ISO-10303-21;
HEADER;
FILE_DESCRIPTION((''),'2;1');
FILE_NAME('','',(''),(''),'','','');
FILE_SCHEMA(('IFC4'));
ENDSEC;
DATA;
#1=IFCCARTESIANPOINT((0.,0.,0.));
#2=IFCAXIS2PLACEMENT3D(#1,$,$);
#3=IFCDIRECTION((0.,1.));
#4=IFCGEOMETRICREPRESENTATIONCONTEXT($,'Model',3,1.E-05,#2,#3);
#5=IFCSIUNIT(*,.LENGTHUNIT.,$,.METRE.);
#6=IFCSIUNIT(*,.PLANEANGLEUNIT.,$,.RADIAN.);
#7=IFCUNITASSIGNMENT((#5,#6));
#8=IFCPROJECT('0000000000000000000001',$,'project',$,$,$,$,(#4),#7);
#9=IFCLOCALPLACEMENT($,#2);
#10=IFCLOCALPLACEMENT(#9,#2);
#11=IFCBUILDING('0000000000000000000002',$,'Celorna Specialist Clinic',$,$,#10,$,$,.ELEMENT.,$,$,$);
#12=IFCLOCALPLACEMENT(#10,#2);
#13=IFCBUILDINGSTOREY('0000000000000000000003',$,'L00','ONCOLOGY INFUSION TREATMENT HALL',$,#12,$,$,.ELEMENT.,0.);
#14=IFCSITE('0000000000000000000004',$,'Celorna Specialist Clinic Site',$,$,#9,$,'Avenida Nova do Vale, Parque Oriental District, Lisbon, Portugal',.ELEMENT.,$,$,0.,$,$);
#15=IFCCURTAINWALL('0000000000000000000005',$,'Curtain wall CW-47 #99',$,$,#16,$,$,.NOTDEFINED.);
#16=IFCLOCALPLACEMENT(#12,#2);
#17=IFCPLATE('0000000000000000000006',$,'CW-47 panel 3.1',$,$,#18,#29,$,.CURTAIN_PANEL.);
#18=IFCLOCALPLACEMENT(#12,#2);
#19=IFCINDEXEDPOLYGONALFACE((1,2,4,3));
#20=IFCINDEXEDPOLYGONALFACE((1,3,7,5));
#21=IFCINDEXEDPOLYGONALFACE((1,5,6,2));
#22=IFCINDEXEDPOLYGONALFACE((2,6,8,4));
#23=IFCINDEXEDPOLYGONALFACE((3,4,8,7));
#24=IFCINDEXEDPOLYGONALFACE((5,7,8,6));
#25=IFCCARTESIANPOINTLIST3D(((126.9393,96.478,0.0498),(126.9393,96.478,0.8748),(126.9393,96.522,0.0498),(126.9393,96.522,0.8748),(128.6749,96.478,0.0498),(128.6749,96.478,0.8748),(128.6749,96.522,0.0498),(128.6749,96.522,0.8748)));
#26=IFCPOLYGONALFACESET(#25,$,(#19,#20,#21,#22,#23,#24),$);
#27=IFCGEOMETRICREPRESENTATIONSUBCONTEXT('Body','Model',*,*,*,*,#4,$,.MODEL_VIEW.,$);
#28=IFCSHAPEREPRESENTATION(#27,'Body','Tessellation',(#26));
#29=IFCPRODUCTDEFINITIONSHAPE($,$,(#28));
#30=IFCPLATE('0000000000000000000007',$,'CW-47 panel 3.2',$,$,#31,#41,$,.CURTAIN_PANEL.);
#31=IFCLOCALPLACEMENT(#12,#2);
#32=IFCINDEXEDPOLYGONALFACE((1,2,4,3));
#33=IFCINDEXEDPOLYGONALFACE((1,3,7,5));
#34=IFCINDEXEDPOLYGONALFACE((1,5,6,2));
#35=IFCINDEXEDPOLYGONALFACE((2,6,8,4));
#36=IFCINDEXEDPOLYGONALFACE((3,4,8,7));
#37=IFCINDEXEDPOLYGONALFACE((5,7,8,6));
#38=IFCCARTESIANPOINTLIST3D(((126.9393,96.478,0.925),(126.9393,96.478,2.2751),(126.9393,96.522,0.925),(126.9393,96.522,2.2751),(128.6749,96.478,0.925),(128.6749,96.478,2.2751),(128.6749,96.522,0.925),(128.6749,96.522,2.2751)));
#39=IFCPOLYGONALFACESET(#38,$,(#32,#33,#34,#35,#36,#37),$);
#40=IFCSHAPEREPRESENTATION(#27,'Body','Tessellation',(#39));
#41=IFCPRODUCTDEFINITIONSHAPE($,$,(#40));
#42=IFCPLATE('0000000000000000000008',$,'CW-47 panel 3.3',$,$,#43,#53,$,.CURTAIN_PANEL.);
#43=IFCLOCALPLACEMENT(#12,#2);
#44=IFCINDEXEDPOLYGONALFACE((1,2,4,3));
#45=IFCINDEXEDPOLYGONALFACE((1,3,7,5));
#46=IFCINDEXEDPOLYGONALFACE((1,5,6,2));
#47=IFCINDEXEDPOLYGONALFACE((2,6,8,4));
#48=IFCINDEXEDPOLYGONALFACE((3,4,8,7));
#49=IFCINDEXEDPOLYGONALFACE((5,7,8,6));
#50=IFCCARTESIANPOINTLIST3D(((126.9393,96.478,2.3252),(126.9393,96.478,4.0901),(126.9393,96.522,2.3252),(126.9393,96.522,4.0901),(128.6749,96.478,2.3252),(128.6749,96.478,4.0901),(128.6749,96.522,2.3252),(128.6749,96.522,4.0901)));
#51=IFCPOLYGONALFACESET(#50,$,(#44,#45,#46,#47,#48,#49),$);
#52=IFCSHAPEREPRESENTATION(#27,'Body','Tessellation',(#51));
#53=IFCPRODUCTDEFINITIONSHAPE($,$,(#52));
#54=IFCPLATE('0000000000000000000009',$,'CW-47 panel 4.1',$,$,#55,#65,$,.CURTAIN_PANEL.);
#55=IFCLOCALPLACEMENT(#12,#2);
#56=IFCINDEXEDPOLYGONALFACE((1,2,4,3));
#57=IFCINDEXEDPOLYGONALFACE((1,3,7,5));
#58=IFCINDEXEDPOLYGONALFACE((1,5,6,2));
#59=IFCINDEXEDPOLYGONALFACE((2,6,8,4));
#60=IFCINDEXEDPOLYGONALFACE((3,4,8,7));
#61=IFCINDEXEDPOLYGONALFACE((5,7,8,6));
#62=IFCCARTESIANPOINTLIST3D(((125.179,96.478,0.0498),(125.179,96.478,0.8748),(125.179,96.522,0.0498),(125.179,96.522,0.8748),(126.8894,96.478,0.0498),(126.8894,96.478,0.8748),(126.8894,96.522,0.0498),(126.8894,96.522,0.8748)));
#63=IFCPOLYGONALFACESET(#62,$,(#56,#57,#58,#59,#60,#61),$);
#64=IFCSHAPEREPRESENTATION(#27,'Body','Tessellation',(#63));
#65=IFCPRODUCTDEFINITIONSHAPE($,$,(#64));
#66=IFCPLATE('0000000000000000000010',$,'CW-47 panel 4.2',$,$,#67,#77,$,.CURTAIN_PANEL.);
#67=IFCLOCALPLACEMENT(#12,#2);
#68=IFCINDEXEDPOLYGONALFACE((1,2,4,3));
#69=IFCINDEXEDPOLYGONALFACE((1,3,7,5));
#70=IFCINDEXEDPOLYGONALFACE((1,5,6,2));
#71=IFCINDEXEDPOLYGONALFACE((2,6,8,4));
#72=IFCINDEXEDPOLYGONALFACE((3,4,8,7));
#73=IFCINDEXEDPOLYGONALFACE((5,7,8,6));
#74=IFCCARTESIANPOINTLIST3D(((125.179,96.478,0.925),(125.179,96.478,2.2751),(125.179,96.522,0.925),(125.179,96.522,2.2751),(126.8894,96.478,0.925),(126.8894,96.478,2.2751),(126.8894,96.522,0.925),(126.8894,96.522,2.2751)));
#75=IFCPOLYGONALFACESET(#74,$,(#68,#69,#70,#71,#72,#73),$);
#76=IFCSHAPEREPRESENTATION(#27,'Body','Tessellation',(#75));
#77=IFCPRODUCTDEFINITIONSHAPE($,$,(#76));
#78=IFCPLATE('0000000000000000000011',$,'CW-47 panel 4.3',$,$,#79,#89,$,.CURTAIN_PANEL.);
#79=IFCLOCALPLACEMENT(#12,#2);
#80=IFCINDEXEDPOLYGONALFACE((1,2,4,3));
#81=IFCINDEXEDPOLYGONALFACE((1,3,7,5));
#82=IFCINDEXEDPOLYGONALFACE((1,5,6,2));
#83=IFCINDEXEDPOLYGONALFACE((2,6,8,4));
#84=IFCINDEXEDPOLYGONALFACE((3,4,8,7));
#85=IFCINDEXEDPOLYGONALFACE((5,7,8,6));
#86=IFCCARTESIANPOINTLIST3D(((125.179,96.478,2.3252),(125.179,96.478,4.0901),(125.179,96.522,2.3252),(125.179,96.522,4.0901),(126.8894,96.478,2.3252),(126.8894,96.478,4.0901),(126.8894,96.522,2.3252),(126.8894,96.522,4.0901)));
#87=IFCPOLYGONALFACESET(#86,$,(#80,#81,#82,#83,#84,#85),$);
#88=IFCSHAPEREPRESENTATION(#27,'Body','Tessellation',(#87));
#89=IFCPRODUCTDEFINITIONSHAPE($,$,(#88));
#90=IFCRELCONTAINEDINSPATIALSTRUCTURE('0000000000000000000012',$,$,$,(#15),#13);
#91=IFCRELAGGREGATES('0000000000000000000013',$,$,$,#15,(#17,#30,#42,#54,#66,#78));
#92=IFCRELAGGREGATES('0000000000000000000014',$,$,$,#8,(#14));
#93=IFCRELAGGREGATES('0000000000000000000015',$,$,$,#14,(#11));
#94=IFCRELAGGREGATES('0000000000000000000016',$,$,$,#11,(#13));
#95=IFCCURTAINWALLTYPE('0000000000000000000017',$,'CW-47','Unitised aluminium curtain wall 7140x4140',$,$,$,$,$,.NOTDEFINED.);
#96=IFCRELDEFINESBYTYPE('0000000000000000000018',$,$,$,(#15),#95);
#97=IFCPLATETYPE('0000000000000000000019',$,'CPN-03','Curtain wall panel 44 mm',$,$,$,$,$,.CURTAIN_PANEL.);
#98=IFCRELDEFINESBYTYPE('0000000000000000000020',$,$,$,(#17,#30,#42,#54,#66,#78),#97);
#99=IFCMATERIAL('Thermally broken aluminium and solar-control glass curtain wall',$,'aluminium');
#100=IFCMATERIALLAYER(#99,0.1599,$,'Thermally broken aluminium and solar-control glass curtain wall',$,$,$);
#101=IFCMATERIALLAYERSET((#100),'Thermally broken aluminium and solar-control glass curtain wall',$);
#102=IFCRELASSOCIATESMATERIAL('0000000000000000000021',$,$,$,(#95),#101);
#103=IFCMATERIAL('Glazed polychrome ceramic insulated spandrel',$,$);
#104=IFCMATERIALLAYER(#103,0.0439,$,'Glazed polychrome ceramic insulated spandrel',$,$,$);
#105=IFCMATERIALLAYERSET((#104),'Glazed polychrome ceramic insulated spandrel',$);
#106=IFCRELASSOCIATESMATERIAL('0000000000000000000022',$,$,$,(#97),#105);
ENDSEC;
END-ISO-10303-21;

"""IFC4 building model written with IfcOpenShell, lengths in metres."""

from ifc_helpers import new_model, si_unit, direction, frame, origin, origin_2d, place, context, subcontext, project, spatial, rectangle, extrude, material, layer, layer_set, type_object, element, aggregate, save


model = new_model("IFC4")

# Units and contexts
model_context = context("Model", 3, precision=1e-05, world=origin(), true_north=direction((0.0, 1.0)))
body_context = subcontext(model_context, "Body", "Model", "MODEL_VIEW")
ifc_project = project(units=[si_unit("LENGTHUNIT", "METRE"), si_unit("PLANEANGLEUNIT", "RADIAN")], contexts=[model_context])

# Site, building, storey
site_placement = place(None, origin())
site = spatial("IfcSite", under=ifc_project, at=site_placement, Name="Celorna Specialist Clinic Site", LongName="Avenida Nova do Vale, Parque Oriental District, Lisbon, Portugal", CompositionType="ELEMENT", RefElevation=0.0)
building_placement = place(site_placement, origin())
building = spatial("IfcBuilding", under=site, at=building_placement, Name="Celorna Specialist Clinic", CompositionType="ELEMENT")
storey_placement = place(building_placement, origin())
storey = spatial("IfcBuildingStorey", under=building, at=storey_placement, Name="L00", Description="ONCOLOGY INFUSION TREATMENT HALL", CompositionType="ELEMENT", Elevation=0.0)

# Curtain wall
ifc_material_1 = material(Name="Thermally broken aluminium and solar-control glass curtain wall", Category="aluminium")
ifc_layer_1 = layer(ifc_material_1, 0.1599, Name="Thermally broken aluminium and solar-control glass curtain wall")
ifc_layer_set_1 = layer_set([ifc_layer_1], Name="Thermally broken aluminium and solar-control glass curtain wall")
curtain_wall_type_1 = type_object("IfcCurtainWallType", Name="CW-47", Description="Unitised aluminium curtain wall 7140x4140", PredefinedType="NOTDEFINED", material=ifc_layer_set_1)
curtain_wall_1_placement = place(storey_placement, origin())
curtain_wall_1 = element("IfcCurtainWall", 1, at=curtain_wall_1_placement, inside=storey, type_object=curtain_wall_type_1, Name="Curtain wall CW-47 #99", PredefinedType="NOTDEFINED")

# Plates
ifc_material_2 = material(Name="Glazed polychrome ceramic insulated spandrel")
ifc_layer_2 = layer(ifc_material_2, 0.0439, Name="Glazed polychrome ceramic insulated spandrel")
ifc_layer_set_2 = layer_set([ifc_layer_2], Name="Glazed polychrome ceramic insulated spandrel")
plate_type_1 = type_object("IfcPlateType", Name="CPN-03", Description="Curtain wall panel 44 mm", PredefinedType="CURTAIN_PANEL", material=ifc_layer_set_2)
plate_1_placement = place(storey_placement, frame((127.8071, 96.5, 0.0498), z_axis=(0.0, 0.0, 1.0), x_axis=(-1.0, 0.0, 0.0)))
plate_1 = element("IfcPlate", 2, at=plate_1_placement, type_object=plate_type_1, Name="CW-47 panel 3.1", PredefinedType="CURTAIN_PANEL", context=body_context, shape_type="SweptSolid", body=[
    extrude(rectangle(XDim=1.7356, YDim=0.0439, at=origin_2d()), origin(), (0.0, 0.0, 1.0), 0.825),
])
plate_2_placement = place(storey_placement, frame((127.8071, 96.5, 0.925), z_axis=(0.0, 0.0, 1.0), x_axis=(-1.0, 0.0, 0.0)))
plate_2 = element("IfcPlate", 3, at=plate_2_placement, type_object=plate_type_1, Name="CW-47 panel 3.2", PredefinedType="CURTAIN_PANEL", context=body_context, shape_type="SweptSolid", body=[
    extrude(rectangle(XDim=1.7356, YDim=0.0439, at=origin_2d()), origin(), (0.0, 0.0, 1.0), 1.3501),
])
plate_3_placement = place(storey_placement, frame((127.8071, 96.5, 2.3252), z_axis=(0.0, 0.0, 1.0), x_axis=(-1.0, 0.0, 0.0)))
plate_3 = element("IfcPlate", 4, at=plate_3_placement, type_object=plate_type_1, Name="CW-47 panel 3.3", PredefinedType="CURTAIN_PANEL", context=body_context, shape_type="SweptSolid", body=[
    extrude(rectangle(XDim=1.7356, YDim=0.0439, at=origin_2d()), origin(), (0.0, 0.0, 1.0), 1.7649),
])
plate_4_placement = place(storey_placement, frame((126.0342, 96.5, 0.0498), z_axis=(0.0, 0.0, 1.0), x_axis=(-1.0, 0.0, 0.0)))
plate_4 = element("IfcPlate", 5, at=plate_4_placement, type_object=plate_type_1, Name="CW-47 panel 4.1", PredefinedType="CURTAIN_PANEL", context=body_context, shape_type="SweptSolid", body=[
    extrude(rectangle(XDim=1.7104, YDim=0.0439, at=origin_2d()), origin(), (0.0, 0.0, 1.0), 0.825),
])
plate_5_placement = place(storey_placement, frame((126.0342, 96.5, 0.925), z_axis=(0.0, 0.0, 1.0), x_axis=(-1.0, 0.0, 0.0)))
plate_5 = element("IfcPlate", 6, at=plate_5_placement, type_object=plate_type_1, Name="CW-47 panel 4.2", PredefinedType="CURTAIN_PANEL", context=body_context, shape_type="SweptSolid", body=[
    extrude(rectangle(XDim=1.7104, YDim=0.0439, at=origin_2d()), origin(), (0.0, 0.0, 1.0), 1.3501),
])
plate_6_placement = place(storey_placement, frame((126.0342, 96.5, 2.3252), z_axis=(0.0, 0.0, 1.0), x_axis=(-1.0, 0.0, 0.0)))
plate_6 = element("IfcPlate", 7, at=plate_6_placement, type_object=plate_type_1, Name="CW-47 panel 4.3", PredefinedType="CURTAIN_PANEL", context=body_context, shape_type="SweptSolid", body=[
    extrude(rectangle(XDim=1.7104, YDim=0.0439, at=origin_2d()), origin(), (0.0, 0.0, 1.0), 1.7649),
])
aggregate(curtain_wall_1, [plate_1, plate_2, plate_3, plate_4, plate_5, plate_6])

save(model, "model.ifc")
